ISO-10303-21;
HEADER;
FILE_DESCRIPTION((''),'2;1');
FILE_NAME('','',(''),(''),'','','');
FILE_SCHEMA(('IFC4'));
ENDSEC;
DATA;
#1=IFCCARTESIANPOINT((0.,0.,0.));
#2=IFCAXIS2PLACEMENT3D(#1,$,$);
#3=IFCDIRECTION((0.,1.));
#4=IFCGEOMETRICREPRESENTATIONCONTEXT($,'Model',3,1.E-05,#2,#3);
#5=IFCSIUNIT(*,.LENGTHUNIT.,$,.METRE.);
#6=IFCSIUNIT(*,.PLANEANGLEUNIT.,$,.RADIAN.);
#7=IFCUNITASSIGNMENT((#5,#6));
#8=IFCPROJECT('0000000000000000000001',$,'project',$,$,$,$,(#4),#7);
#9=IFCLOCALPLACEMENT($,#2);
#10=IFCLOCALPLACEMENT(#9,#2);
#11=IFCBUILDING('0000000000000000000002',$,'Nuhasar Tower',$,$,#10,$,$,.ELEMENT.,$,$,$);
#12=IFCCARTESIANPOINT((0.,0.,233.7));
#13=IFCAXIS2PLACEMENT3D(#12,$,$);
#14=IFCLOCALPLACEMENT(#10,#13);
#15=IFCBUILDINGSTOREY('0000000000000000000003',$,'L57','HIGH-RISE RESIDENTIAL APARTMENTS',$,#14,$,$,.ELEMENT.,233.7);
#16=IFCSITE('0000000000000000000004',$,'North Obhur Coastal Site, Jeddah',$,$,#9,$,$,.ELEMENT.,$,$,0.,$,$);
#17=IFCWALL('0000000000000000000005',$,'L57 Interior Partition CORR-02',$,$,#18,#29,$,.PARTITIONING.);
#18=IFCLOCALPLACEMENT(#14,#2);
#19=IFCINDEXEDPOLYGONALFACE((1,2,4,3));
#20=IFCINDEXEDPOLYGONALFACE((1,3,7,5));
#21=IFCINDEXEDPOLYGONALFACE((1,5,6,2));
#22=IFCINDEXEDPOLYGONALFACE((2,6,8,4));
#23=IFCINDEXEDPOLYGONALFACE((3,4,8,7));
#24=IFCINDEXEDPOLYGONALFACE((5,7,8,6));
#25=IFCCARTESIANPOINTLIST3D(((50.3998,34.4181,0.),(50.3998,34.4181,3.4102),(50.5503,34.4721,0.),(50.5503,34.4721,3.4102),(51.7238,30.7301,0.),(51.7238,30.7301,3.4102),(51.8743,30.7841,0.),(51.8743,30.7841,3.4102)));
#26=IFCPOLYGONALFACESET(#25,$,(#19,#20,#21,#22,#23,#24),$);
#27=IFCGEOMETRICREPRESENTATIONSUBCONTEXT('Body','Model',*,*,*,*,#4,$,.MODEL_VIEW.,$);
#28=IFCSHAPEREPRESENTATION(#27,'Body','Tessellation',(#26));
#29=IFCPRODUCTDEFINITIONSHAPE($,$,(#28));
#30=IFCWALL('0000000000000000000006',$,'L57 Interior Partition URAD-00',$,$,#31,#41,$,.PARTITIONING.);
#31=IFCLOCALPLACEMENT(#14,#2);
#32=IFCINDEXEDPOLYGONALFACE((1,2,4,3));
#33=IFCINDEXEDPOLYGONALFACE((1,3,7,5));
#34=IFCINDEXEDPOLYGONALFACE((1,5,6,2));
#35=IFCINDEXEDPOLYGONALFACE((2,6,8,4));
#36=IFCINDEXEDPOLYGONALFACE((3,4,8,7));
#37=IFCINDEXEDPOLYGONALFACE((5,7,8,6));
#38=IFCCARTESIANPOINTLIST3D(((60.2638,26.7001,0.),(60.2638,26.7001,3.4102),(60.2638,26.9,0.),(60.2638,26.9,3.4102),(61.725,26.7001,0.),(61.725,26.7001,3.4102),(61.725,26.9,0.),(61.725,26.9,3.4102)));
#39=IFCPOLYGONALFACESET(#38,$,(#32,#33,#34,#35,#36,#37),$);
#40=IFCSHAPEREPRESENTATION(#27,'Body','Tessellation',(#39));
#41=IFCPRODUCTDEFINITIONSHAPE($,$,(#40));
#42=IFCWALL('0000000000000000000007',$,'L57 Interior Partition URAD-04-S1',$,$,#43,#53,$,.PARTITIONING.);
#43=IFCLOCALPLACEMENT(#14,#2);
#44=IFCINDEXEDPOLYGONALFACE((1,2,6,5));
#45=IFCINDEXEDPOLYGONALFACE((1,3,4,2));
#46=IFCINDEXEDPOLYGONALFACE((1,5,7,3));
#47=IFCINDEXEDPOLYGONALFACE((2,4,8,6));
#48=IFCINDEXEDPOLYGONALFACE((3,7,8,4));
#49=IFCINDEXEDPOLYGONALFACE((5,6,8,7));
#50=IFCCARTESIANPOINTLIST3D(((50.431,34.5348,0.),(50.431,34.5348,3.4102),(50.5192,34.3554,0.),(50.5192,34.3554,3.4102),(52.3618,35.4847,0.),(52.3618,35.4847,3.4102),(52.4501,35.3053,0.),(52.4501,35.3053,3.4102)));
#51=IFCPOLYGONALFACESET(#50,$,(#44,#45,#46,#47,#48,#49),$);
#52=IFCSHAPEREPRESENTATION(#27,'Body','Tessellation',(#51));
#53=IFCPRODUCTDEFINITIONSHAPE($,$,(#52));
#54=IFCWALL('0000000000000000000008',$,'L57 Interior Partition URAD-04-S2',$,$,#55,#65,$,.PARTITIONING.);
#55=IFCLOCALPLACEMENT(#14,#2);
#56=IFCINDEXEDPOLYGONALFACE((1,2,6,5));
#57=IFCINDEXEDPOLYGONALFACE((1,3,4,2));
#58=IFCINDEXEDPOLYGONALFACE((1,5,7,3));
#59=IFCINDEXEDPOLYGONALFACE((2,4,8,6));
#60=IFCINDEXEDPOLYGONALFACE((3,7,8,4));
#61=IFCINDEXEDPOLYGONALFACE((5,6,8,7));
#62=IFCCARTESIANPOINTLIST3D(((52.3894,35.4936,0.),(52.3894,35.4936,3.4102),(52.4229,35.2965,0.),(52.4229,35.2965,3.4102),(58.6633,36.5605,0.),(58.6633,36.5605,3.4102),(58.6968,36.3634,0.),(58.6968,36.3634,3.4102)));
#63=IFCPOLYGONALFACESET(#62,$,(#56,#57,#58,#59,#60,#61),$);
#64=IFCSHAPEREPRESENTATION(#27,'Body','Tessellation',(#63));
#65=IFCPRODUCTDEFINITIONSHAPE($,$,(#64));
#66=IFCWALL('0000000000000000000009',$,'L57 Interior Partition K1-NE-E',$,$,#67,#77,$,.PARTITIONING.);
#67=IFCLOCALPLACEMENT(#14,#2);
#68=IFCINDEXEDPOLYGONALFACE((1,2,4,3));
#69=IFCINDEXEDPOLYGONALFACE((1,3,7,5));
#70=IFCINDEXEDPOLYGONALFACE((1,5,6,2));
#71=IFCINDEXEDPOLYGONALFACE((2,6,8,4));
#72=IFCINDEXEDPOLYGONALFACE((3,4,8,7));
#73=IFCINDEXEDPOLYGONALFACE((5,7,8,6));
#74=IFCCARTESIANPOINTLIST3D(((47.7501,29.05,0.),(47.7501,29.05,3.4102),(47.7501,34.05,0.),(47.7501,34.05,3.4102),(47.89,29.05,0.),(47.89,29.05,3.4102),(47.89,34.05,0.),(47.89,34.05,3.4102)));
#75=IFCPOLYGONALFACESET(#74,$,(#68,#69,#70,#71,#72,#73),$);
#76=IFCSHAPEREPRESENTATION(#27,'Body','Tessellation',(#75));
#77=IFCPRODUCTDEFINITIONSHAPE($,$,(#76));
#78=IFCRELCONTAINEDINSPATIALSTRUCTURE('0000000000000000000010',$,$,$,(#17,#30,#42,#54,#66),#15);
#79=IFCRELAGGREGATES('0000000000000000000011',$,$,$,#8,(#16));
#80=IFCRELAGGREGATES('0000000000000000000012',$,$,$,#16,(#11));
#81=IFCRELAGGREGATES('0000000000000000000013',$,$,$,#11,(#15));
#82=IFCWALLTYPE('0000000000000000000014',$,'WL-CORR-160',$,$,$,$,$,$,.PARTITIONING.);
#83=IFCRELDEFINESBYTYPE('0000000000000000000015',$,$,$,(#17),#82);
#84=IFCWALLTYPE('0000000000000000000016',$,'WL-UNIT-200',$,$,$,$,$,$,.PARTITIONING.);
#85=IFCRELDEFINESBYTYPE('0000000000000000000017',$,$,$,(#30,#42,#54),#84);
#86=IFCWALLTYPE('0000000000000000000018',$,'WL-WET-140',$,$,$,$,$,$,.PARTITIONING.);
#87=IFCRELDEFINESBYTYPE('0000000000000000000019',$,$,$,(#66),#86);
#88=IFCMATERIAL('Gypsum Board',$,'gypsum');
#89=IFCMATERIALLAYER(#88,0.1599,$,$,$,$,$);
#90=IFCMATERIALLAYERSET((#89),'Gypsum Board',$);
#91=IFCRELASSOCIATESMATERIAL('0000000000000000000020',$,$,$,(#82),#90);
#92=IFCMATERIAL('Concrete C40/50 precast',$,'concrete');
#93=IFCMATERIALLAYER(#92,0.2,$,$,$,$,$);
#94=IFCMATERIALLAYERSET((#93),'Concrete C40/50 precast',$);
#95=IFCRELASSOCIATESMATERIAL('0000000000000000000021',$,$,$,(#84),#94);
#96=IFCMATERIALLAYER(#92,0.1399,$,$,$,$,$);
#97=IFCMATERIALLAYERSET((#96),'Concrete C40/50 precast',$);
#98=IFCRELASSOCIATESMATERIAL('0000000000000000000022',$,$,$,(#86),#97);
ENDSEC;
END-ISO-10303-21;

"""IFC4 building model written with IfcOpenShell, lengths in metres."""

from ifc_helpers import new_model, si_unit, direction, frame, frame_2d, origin, place, context, subcontext, project, spatial, rectangle, extrude, material, layer, layer_set, type_object, element, save


model = new_model("IFC4")

# Units and contexts
model_context = context("Model", 3, precision=1e-05, world=origin(), true_north=direction((0.0, 1.0)))
body_context = subcontext(model_context, "Body", "Model", "MODEL_VIEW")
ifc_project = project(units=[si_unit("LENGTHUNIT", "METRE"), si_unit("PLANEANGLEUNIT", "RADIAN")], contexts=[model_context])

# Site, building, storey
site_placement = place(None, origin())
site = spatial("IfcSite", under=ifc_project, at=site_placement, Name="North Obhur Coastal Site, Jeddah", CompositionType="ELEMENT", RefElevation=0.0)
building_placement = place(site_placement, origin())
building = spatial("IfcBuilding", under=site, at=building_placement, Name="Nuhasar Tower", CompositionType="ELEMENT")
storey_placement = place(building_placement, frame((0.0, 0.0, 233.7)))
storey = spatial("IfcBuildingStorey", under=building, at=storey_placement, Name="L57", Description="HIGH-RISE RESIDENTIAL APARTMENTS", CompositionType="ELEMENT", Elevation=233.7)

# Shared definitions
ifc_material_1 = material(Name="Gypsum Board", Category="gypsum")
ifc_layer_1 = layer(ifc_material_1, 0.1599)
ifc_layer_set_1 = layer_set([ifc_layer_1], Name="Gypsum Board")
wall_type_1 = type_object("IfcWallType", Name="WL-CORR-160", PredefinedType="PARTITIONING", material=ifc_layer_set_1)

# Walls
wall_1_placement = place(storey_placement, frame((51.7991, 30.7571, 0.0), z_axis=(0.0, 0.0, 1.0), x_axis=(-0.337883, 0.941188, 0.0)))
element("IfcWall", 1, at=wall_1_placement, inside=storey, type_object=wall_type_1, Name="L57 Interior Partition CORR-02", PredefinedType="PARTITIONING", context=body_context, shape_type="SweptSolid", body=[
    extrude(rectangle(XDim=3.9185, YDim=0.1599, at=frame_2d((1.9592, 0.0))), origin(), (0.0, 0.0, 1.0), 3.4102),
])
ifc_material_2 = material(Name="Concrete C40/50 precast", Category="concrete")
ifc_layer_2 = layer(ifc_material_2, 0.2)
ifc_layer_set_2 = layer_set([ifc_layer_2], Name="Concrete C40/50 precast")
wall_type_2 = type_object("IfcWallType", Name="WL-UNIT-200", PredefinedType="PARTITIONING", material=ifc_layer_set_2)
wall_2_placement = place(storey_placement, frame((60.2639, 26.8, 0.0), z_axis=(0.0, 0.0, 1.0), x_axis=(1.0, 0.0, 0.0)))
element("IfcWall", 2, at=wall_2_placement, inside=storey, type_object=wall_type_2, Name="L57 Interior Partition URAD-00", PredefinedType="PARTITIONING", context=body_context, shape_type="SweptSolid", body=[
    extrude(rectangle(XDim=1.4612, YDim=0.2, at=frame_2d((0.7305, 0.0))), origin(), (0.0, 0.0, 1.0), 3.4102),
])
wall_3_placement = place(storey_placement, frame((50.4751, 34.4451, 0.0), z_axis=(0.0, 0.0, 1.0), x_axis=(0.89729, 0.441441, 0.0)))
element("IfcWall", 3, at=wall_3_placement, inside=storey, type_object=wall_type_2, Name="L57 Interior Partition URAD-04-S1", PredefinedType="PARTITIONING", context=body_context, shape_type="SweptSolid", body=[
    extrude(rectangle(XDim=2.1519, YDim=0.2, at=frame_2d((1.0759, 0.0))), origin(), (0.0, 0.0, 1.0), 3.4102),
])
wall_4_placement = place(storey_placement, frame((52.406, 35.395, 0.0), z_axis=(0.0, 0.0, 1.0), x_axis=(0.985847, 0.167645, 0.0)))
element("IfcWall", 4, at=wall_4_placement, inside=storey, type_object=wall_type_2, Name="L57 Interior Partition URAD-04-S2", PredefinedType="PARTITIONING", context=body_context, shape_type="SweptSolid", body=[
    extrude(rectangle(XDim=6.364, YDim=0.2, at=frame_2d((3.1821, 0.0))), origin(), (0.0, 0.0, 1.0), 3.4102),
])
ifc_layer_3 = layer(ifc_material_2, 0.1399)
ifc_layer_set_3 = layer_set([ifc_layer_3], Name="Concrete C40/50 precast")
wall_type_3 = type_object("IfcWallType", Name="WL-WET-140", PredefinedType="PARTITIONING", material=ifc_layer_set_3)
wall_5_placement = place(storey_placement, frame((47.8201, 29.05, 0.0), z_axis=(0.0, 0.0, 1.0), x_axis=(0.0, 1.0, 0.0)))
element("IfcWall", 5, at=wall_5_placement, inside=storey, type_object=wall_type_3, Name="L57 Interior Partition K1-NE-E", PredefinedType="PARTITIONING", context=body_context, shape_type="SweptSolid", body=[
    extrude(rectangle(XDim=5.0, YDim=0.1399, at=frame_2d((2.5, 0.0))), origin(), (0.0, 0.0, 1.0), 3.4102),
])

save(model, "model.ifc")
